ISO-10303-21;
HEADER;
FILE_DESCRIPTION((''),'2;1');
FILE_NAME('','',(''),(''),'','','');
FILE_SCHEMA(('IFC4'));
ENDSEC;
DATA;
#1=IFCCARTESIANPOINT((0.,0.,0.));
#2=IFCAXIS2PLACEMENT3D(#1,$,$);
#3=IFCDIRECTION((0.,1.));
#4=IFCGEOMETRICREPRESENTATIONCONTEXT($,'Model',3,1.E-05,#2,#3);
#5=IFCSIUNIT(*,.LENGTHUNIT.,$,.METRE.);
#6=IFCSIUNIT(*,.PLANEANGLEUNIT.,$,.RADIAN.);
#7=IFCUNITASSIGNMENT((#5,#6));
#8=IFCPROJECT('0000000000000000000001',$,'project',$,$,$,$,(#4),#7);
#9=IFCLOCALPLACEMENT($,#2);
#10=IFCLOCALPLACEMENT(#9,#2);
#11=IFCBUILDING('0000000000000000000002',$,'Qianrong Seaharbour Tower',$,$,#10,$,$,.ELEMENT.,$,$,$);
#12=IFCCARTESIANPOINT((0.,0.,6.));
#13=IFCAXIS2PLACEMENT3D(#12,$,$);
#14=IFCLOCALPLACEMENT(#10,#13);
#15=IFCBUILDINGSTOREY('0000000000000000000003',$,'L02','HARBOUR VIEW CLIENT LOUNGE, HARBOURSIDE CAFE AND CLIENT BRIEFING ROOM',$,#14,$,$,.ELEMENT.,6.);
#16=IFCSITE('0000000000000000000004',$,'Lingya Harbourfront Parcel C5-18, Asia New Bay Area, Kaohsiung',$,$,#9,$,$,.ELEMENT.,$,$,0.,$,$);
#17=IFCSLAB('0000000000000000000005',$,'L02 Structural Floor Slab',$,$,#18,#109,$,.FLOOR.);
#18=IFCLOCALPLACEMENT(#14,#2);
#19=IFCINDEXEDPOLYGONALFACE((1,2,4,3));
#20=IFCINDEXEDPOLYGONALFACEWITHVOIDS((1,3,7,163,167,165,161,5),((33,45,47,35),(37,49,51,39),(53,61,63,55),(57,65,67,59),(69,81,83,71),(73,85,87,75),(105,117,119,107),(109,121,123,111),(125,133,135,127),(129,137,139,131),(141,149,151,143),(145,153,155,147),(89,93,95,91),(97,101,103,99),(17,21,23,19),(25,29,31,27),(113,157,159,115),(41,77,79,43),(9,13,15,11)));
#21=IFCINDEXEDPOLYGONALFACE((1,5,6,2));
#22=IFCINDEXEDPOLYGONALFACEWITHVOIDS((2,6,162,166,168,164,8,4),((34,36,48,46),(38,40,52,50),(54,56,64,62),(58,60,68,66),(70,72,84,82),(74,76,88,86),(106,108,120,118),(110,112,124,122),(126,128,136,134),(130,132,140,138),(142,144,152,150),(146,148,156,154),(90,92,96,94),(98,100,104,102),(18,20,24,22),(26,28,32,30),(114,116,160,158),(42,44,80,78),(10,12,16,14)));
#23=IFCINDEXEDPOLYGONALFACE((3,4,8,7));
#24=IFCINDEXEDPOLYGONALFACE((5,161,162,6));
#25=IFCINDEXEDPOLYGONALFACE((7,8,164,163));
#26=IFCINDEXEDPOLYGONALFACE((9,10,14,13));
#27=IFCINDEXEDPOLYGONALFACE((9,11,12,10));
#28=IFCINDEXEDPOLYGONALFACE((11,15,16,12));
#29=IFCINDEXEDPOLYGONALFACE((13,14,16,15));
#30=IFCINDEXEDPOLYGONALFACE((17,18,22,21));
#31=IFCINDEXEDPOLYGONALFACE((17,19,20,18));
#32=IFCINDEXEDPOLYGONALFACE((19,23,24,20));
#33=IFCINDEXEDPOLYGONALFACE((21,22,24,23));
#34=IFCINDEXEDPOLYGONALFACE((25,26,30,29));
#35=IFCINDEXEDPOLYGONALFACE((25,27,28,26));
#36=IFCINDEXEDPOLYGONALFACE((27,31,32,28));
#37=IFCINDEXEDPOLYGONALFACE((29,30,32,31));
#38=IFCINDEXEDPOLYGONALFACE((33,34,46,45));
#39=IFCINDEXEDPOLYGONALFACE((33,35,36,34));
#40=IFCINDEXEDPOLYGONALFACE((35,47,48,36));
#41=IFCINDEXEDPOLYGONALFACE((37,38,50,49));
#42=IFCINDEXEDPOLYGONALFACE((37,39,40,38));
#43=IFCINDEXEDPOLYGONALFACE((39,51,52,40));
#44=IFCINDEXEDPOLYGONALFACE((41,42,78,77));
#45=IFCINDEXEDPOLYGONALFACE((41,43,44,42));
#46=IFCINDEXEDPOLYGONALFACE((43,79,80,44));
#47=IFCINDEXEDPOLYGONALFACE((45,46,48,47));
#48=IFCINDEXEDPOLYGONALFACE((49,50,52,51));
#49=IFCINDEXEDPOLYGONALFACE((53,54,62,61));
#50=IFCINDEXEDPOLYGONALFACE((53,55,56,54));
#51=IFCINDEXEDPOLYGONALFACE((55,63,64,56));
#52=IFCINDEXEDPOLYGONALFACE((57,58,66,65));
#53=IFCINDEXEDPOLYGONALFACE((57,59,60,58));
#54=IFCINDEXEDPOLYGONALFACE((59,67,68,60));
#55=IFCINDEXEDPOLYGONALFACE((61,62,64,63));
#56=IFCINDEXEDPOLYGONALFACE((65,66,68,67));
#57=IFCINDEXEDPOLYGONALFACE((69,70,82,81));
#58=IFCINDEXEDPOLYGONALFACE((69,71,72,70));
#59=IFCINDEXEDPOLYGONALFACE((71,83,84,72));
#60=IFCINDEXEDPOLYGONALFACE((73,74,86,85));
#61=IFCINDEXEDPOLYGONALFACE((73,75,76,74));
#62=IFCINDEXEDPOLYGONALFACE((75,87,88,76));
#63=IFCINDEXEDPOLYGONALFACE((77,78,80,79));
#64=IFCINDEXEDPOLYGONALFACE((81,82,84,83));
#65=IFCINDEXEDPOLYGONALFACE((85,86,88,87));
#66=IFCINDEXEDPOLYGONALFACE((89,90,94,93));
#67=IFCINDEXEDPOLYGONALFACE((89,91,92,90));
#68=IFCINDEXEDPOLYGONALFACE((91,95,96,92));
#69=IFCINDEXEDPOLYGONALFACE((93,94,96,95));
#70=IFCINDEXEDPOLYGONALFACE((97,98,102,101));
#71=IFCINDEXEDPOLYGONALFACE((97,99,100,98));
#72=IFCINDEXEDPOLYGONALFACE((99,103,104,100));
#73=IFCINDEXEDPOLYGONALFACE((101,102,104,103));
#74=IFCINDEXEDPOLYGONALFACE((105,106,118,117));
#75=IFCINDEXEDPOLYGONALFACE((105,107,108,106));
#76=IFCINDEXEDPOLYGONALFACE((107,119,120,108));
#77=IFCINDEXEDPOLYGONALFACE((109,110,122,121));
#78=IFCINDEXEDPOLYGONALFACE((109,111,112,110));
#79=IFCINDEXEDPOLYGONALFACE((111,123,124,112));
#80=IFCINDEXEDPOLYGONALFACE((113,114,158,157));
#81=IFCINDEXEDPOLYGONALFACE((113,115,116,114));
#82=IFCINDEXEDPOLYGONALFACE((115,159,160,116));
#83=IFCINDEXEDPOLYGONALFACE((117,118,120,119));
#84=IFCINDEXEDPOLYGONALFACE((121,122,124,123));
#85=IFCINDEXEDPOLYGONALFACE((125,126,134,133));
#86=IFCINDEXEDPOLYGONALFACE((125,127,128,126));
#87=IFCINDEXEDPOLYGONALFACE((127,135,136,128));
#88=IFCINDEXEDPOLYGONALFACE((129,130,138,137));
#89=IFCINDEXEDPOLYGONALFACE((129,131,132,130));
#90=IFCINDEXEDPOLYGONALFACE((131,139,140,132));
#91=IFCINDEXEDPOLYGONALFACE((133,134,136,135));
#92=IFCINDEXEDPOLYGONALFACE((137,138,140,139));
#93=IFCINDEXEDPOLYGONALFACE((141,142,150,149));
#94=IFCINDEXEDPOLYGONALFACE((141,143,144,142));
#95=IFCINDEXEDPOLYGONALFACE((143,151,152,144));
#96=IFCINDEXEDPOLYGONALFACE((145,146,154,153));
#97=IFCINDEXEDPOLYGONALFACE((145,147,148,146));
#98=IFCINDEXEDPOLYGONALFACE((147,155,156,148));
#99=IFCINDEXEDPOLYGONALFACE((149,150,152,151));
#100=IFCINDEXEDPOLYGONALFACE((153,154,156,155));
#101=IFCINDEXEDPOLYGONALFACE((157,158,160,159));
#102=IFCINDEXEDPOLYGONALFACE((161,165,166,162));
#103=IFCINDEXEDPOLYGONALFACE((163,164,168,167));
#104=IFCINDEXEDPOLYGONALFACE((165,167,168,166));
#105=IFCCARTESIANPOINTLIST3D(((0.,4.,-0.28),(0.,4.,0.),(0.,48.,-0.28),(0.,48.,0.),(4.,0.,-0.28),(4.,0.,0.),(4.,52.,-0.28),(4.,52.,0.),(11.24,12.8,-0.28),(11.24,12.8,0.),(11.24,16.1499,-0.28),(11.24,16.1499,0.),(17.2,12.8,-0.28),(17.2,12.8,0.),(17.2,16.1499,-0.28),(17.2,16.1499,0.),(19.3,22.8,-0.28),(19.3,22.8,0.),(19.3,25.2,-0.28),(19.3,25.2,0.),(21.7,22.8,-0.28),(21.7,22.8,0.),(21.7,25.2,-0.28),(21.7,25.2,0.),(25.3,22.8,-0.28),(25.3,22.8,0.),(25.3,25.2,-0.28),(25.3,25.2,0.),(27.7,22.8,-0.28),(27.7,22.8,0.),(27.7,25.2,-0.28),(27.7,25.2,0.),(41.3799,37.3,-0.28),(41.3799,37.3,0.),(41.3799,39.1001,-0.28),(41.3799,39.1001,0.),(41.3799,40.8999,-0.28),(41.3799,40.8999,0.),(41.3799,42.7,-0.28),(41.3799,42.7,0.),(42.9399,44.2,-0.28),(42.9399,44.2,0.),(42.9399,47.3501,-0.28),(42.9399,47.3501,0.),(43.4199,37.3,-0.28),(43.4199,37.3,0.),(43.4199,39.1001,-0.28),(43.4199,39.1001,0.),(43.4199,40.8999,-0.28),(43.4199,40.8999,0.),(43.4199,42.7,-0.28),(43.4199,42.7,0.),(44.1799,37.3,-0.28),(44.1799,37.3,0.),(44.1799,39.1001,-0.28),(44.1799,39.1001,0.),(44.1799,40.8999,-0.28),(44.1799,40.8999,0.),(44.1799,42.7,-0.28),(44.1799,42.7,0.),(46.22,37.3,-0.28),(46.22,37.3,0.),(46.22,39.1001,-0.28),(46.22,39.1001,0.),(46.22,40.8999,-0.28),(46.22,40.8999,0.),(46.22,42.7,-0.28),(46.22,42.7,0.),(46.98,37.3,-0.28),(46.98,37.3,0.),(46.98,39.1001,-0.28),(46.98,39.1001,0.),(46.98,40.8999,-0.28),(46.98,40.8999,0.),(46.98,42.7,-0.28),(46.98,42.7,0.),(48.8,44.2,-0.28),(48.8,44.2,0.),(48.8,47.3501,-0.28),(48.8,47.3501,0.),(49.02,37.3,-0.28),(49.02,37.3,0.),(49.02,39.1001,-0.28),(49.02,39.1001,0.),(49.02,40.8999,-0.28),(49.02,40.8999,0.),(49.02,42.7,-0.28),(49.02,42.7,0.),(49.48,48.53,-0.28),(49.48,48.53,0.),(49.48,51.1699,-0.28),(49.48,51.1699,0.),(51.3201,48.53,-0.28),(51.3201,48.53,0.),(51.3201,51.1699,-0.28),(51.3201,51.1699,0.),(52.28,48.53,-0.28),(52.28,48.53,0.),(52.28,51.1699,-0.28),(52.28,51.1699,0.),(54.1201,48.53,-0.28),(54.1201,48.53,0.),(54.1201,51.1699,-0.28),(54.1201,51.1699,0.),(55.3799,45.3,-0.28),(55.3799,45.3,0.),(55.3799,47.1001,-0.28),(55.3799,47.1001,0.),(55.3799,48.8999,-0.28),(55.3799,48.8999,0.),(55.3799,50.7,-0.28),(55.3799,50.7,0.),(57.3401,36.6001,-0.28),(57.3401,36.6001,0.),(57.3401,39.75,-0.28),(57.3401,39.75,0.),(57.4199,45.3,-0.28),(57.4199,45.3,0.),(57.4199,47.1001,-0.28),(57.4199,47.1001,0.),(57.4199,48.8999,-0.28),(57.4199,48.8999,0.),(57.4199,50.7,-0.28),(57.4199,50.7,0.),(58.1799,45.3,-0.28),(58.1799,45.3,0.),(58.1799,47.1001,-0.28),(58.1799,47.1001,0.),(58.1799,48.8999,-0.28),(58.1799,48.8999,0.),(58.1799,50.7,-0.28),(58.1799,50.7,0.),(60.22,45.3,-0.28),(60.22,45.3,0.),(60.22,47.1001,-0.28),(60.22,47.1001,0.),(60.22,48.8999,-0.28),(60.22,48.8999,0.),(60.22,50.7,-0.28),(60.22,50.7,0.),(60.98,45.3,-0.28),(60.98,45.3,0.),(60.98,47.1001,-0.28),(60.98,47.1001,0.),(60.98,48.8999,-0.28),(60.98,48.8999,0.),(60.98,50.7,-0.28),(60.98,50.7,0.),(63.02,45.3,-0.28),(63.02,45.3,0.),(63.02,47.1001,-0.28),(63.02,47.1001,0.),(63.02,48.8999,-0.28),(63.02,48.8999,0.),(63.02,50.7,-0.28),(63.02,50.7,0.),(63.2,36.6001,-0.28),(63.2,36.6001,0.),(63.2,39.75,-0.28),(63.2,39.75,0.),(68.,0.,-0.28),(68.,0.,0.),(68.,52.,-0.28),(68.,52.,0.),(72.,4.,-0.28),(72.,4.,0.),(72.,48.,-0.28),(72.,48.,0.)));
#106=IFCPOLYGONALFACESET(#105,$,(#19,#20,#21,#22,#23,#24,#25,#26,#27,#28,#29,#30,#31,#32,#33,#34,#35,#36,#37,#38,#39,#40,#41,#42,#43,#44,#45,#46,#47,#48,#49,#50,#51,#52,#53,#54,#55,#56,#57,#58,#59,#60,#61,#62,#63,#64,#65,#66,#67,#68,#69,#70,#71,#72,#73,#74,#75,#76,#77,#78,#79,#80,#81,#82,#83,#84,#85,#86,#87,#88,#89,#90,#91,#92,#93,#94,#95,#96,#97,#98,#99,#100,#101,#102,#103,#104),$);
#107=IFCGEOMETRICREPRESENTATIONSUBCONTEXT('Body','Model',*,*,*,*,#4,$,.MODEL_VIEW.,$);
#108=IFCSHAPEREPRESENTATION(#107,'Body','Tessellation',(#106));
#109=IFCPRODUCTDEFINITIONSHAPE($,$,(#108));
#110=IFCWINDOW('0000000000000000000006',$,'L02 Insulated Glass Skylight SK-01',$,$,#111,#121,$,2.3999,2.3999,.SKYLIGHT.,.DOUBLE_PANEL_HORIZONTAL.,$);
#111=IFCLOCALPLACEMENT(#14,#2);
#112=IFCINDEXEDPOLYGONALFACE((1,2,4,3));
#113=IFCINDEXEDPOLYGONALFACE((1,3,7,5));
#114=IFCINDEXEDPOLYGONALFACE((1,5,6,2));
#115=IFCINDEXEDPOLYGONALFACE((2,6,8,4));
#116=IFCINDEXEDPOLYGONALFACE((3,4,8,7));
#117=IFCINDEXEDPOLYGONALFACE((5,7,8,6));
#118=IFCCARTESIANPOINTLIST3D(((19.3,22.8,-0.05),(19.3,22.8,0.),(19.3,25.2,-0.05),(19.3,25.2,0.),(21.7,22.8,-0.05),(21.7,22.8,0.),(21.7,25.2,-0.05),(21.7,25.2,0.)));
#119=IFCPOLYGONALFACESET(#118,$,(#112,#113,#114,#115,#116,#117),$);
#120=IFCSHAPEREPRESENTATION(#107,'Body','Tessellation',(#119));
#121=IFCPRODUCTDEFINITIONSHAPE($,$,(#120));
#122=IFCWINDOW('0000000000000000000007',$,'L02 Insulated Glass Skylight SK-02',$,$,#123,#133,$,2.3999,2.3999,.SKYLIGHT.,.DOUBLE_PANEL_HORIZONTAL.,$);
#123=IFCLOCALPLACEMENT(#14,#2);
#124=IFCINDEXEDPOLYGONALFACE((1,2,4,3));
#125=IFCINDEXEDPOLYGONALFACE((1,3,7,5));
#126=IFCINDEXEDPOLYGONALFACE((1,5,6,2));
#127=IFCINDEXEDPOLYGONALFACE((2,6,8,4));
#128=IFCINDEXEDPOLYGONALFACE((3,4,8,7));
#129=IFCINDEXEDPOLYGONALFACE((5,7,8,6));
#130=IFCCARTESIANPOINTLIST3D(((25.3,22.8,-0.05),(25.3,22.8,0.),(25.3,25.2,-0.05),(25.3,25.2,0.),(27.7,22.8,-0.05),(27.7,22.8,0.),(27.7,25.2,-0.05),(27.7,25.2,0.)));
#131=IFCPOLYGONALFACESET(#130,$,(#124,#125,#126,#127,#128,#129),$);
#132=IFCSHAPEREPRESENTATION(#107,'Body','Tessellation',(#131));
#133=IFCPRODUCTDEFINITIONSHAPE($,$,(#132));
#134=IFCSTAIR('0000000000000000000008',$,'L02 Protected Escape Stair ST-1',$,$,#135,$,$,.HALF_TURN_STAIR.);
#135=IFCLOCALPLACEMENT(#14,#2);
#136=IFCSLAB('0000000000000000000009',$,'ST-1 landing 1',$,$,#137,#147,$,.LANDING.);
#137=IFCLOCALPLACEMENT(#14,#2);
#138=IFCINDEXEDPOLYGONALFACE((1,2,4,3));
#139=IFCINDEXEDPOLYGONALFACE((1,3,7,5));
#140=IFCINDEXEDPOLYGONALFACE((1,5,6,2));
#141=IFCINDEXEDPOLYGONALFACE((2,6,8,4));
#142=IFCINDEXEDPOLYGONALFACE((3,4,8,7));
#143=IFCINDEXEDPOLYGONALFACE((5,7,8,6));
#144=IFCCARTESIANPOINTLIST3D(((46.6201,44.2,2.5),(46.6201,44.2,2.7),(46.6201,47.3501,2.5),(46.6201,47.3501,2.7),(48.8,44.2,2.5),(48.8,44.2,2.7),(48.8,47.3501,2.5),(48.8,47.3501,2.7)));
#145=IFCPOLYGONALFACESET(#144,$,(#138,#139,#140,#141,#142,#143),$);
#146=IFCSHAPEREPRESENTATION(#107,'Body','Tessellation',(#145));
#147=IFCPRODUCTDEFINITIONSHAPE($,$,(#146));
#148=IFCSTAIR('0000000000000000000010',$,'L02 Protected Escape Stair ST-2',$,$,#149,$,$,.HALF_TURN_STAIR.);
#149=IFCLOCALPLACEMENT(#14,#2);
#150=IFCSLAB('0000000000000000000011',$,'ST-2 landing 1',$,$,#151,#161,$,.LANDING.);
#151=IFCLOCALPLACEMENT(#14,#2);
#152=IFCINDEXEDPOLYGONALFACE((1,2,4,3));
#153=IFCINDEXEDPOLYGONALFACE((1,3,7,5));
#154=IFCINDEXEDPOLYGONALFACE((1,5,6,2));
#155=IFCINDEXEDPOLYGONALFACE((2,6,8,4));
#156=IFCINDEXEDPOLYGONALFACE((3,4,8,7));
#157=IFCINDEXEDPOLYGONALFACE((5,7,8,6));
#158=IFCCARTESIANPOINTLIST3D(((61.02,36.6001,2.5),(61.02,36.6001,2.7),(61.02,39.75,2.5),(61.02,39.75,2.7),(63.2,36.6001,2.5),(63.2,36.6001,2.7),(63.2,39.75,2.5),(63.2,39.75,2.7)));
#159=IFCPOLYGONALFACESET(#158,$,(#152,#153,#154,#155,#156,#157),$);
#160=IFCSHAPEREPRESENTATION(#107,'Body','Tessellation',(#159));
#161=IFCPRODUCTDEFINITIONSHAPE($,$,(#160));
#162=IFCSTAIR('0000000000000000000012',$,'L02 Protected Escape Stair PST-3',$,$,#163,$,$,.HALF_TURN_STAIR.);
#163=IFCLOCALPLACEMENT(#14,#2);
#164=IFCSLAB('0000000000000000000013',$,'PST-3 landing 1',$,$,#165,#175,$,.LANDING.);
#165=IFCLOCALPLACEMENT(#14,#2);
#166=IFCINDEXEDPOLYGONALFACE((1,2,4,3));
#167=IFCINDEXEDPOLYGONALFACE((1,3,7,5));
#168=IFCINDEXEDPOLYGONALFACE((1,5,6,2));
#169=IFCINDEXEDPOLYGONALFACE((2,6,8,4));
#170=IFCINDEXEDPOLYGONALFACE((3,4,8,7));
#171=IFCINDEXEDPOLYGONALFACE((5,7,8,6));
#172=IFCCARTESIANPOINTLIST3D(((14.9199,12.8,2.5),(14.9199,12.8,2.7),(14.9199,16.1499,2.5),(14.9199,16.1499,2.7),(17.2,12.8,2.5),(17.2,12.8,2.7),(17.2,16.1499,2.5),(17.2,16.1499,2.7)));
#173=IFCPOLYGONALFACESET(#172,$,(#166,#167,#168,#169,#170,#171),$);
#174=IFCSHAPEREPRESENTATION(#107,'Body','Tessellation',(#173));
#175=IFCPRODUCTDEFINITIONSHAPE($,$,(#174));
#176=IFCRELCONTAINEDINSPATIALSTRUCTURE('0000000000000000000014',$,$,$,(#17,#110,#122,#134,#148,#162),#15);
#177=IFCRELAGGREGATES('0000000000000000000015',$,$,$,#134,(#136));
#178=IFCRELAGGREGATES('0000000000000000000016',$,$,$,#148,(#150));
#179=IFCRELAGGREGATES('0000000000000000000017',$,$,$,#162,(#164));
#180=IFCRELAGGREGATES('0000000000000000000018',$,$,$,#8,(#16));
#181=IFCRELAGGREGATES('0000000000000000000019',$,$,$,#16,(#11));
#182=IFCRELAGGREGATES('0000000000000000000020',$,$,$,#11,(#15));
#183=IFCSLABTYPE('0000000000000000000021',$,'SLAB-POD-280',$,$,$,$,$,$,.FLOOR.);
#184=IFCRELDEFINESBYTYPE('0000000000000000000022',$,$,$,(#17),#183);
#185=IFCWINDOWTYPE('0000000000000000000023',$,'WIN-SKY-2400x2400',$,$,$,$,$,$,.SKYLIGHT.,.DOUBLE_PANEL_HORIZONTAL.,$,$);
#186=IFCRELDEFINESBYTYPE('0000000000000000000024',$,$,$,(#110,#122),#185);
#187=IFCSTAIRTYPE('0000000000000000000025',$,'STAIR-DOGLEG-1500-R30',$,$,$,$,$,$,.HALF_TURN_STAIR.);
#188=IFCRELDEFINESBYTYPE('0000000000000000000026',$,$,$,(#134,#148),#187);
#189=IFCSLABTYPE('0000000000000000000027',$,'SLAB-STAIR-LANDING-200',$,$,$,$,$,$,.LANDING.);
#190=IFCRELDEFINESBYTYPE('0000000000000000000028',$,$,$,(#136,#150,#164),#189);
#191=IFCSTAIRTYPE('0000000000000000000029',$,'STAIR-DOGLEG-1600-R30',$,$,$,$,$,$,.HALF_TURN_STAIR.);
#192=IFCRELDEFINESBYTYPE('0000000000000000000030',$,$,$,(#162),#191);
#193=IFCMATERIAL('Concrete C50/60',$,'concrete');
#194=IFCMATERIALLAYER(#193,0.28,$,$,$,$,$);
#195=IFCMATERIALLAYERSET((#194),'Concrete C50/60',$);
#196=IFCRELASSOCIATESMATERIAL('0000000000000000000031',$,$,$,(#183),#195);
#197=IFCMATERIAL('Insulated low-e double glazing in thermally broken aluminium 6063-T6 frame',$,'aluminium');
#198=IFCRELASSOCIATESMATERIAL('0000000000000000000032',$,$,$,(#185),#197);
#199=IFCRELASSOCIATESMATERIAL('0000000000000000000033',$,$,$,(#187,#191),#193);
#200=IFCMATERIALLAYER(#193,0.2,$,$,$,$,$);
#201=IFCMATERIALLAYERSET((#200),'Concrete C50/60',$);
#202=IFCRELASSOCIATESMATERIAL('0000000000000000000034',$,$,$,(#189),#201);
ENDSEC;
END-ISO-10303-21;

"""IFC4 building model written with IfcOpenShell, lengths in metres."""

from ifc_helpers import new_model, si_unit, direction, frame, origin, origin_2d, place, context, subcontext, project, spatial, polyline, rectangle, outline, extrude, material, layer, layer_set, type_object, element, fill, aggregate, save


model = new_model("IFC4")

# Units and contexts
model_context = context("Model", 3, precision=1e-05, world=origin(), true_north=direction((0.0, 1.0)))
body_context = subcontext(model_context, "Body", "Model", "MODEL_VIEW")
ifc_project = project(units=[si_unit("LENGTHUNIT", "METRE"), si_unit("PLANEANGLEUNIT", "RADIAN")], contexts=[model_context])

# Site, building, storey
site_placement = place(None, origin())
site = spatial("IfcSite", under=ifc_project, at=site_placement, Name="Lingya Harbourfront Parcel C5-18, Asia New Bay Area, Kaohsiung", CompositionType="ELEMENT", RefElevation=0.0)
building_placement = place(site_placement, origin())
building = spatial("IfcBuilding", under=site, at=building_placement, Name="Qianrong Seaharbour Tower", CompositionType="ELEMENT")
storey_placement = place(building_placement, frame((0.0, 0.0, 6.0)))
storey = spatial("IfcBuildingStorey", under=building, at=storey_placement, Name="L02", Description="HARBOUR VIEW CLIENT LOUNGE, HARBOURSIDE CAFE AND CLIENT BRIEFING ROOM", CompositionType="ELEMENT", Elevation=6.0)

# Slab, openings, windows
ifc_material_1 = material(Name="Concrete C50/60", Category="concrete")
ifc_layer_1 = layer(ifc_material_1, 0.28)
ifc_layer_set_1 = layer_set([ifc_layer_1], Name="Concrete C50/60")
slab_type_1 = type_object("IfcSlabType", Name="SLAB-POD-280", PredefinedType="FLOOR", material=ifc_layer_set_1)
slab_1_placement = place(storey_placement, frame((0.0, 0.0, -0.28)))
slab_1 = element("IfcSlab", 1, at=slab_1_placement, inside=storey, type_object=slab_type_1, Name="L02 Structural Floor Slab", PredefinedType="FLOOR", context=body_context, shape_type="SweptSolid", body=[
    extrude(outline(polyline([(4.0, 0.0), (68.0, 0.0), (72.0, 4.0), (72.0, 48.0), (68.0, 52.0), (4.0, 52.0), (0.0, 48.0), (0.0, 4.0), (4.0, 0.0)]), holes=[polyline([(42.9399, 44.2), (42.9399, 47.3501), (48.8, 47.3501), (48.8, 44.2), (42.9399, 44.2)]), polyline([(57.3401, 36.6001), (57.3401, 39.75), (63.2, 39.75), (63.2, 36.6001), (57.3401, 36.6001)]), polyline([(11.24, 12.8), (11.24, 16.1499), (17.2, 16.1499), (17.2, 12.8), (11.24, 12.8)]), polyline([(49.48, 48.53), (49.48, 51.1699), (51.3201, 51.1699), (51.3201, 48.53), (49.48, 48.53)]), polyline([(52.28, 48.53), (52.28, 51.1699), (54.1201, 51.1699), (54.1201, 48.53), (52.28, 48.53)]), polyline([(41.3799, 37.3), (41.3799, 39.1001), (43.4199, 39.1001), (43.4199, 37.3), (41.3799, 37.3)]), polyline([(44.1799, 37.3), (44.1799, 39.1001), (46.22, 39.1001), (46.22, 37.3), (44.1799, 37.3)]), polyline([(46.98, 37.3), (46.98, 39.1001), (49.02, 39.1001), (49.02, 37.3), (46.98, 37.3)]), polyline([(41.3799, 40.8999), (41.3799, 42.7), (43.4199, 42.7), (43.4199, 40.8999), (41.3799, 40.8999)]), polyline([(44.1799, 40.8999), (44.1799, 42.7), (46.22, 42.7), (46.22, 40.8999), (44.1799, 40.8999)]), polyline([(46.98, 40.8999), (46.98, 42.7), (49.02, 42.7), (49.02, 40.8999), (46.98, 40.8999)]), polyline([(55.3799, 45.3), (55.3799, 47.1001), (57.4199, 47.1001), (57.4199, 45.3), (55.3799, 45.3)]), polyline([(58.1799, 45.3), (58.1799, 47.1001), (60.22, 47.1001), (60.22, 45.3), (58.1799, 45.3)]), polyline([(60.98, 45.3), (60.98, 47.1001), (63.02, 47.1001), (63.02, 45.3), (60.98, 45.3)]), polyline([(55.3799, 48.8999), (55.3799, 50.7), (57.4199, 50.7), (57.4199, 48.8999), (55.3799, 48.8999)]), polyline([(58.1799, 48.8999), (58.1799, 50.7), (60.22, 50.7), (60.22, 48.8999), (58.1799, 48.8999)]), polyline([(60.98, 48.8999), (60.98, 50.7), (63.02, 50.7), (63.02, 48.8999), (60.98, 48.8999)])]), origin(), (0.0, 0.0, 1.0), 0.28),
])
opening_1_placement = place(slab_1_placement, frame((20.5, 24.0, -0.01)))
opening_1 = element("IfcOpeningElement", 2, at=opening_1_placement, cuts=slab_1, PredefinedType="OPENING", context=body_context, shape_type="SweptSolid", body=[
    extrude(rectangle(XDim=2.3999, YDim=2.3999, at=origin_2d()), origin(), (0.0, 0.0, 1.0), 0.3),
])
opening_2_placement = place(slab_1_placement, frame((26.5, 24.0, -0.01)))
opening_2 = element("IfcOpeningElement", 3, at=opening_2_placement, cuts=slab_1, PredefinedType="OPENING", context=body_context, shape_type="SweptSolid", body=[
    extrude(rectangle(XDim=2.3999, YDim=2.3999, at=origin_2d()), origin(), (0.0, 0.0, 1.0), 0.3),
])
ifc_material_2 = material(Name="Insulated low-e double glazing in thermally broken aluminium 6063-T6 frame", Category="aluminium")
window_type = type_object("IfcWindowType", Name="WIN-SKY-2400x2400", PartitioningType="DOUBLE_PANEL_HORIZONTAL", PredefinedType="SKYLIGHT", material=ifc_material_2)
window_1_placement = place(slab_1_placement, frame((20.5, 24.0, 0.23)))
window_1 = element("IfcWindow", 4, at=window_1_placement, inside=storey, type_object=window_type, Name="L02 Insulated Glass Skylight SK-01", OverallHeight=2.3999, OverallWidth=2.3999, PartitioningType="DOUBLE_PANEL_HORIZONTAL", PredefinedType="SKYLIGHT", context=body_context, shape_type="SweptSolid", body=[
    extrude(rectangle(XDim=2.3999, YDim=2.3999, at=origin_2d()), origin(), (0.0, 0.0, 1.0), 0.05),
])
fill(opening_1, window_1)
window_2_placement = place(slab_1_placement, frame((26.5, 24.0, 0.23)))
window_2 = element("IfcWindow", 5, at=window_2_placement, inside=storey, type_object=window_type, Name="L02 Insulated Glass Skylight SK-02", OverallHeight=2.3999, OverallWidth=2.3999, PartitioningType="DOUBLE_PANEL_HORIZONTAL", PredefinedType="SKYLIGHT", context=body_context, shape_type="SweptSolid", body=[
    extrude(rectangle(XDim=2.3999, YDim=2.3999, at=origin_2d()), origin(), (0.0, 0.0, 1.0), 0.05),
])
fill(opening_2, window_2)

# Stairs, slabs
stair_type_1 = type_object("IfcStairType", Name="STAIR-DOGLEG-1500-R30", PredefinedType="HALF_TURN_STAIR", material=ifc_material_1)
stair_1_placement = place(storey_placement, origin())
stair_1 = element("IfcStair", 6, at=stair_1_placement, inside=storey, type_object=stair_type_1, Name="L02 Protected Escape Stair ST-1", PredefinedType="HALF_TURN_STAIR")
ifc_layer_2 = layer(ifc_material_1, 0.2)
ifc_layer_set_2 = layer_set([ifc_layer_2], Name="Concrete C50/60")
slab_type_2 = type_object("IfcSlabType", Name="SLAB-STAIR-LANDING-200", PredefinedType="LANDING", material=ifc_layer_set_2)
slab_2_placement = place(storey_placement, frame((0.0, 0.0, 2.5)))
slab_2 = element("IfcSlab", 7, at=slab_2_placement, type_object=slab_type_2, Name="ST-1 landing 1", PredefinedType="LANDING", context=body_context, shape_type="SweptSolid", body=[
    extrude(outline(polyline([(46.6201, 44.2), (48.8, 44.2), (48.8, 47.3501), (46.6201, 47.3501), (46.6201, 44.2)])), origin(), (0.0, 0.0, 1.0), 0.2),
])
aggregate(stair_1, [slab_2])
stair_2_placement = place(storey_placement, origin())
stair_2 = element("IfcStair", 8, at=stair_2_placement, inside=storey, type_object=stair_type_1, Name="L02 Protected Escape Stair ST-2", PredefinedType="HALF_TURN_STAIR")
slab_3_placement = place(storey_placement, frame((0.0, 0.0, 2.5)))
slab_3 = element("IfcSlab", 9, at=slab_3_placement, type_object=slab_type_2, Name="ST-2 landing 1", PredefinedType="LANDING", context=body_context, shape_type="SweptSolid", body=[
    extrude(outline(polyline([(61.02, 36.6001), (63.2, 36.6001), (63.2, 39.75), (61.02, 39.75), (61.02, 36.6001)])), origin(), (0.0, 0.0, 1.0), 0.2),
])
aggregate(stair_2, [slab_3])
stair_type_2 = type_object("IfcStairType", Name="STAIR-DOGLEG-1600-R30", PredefinedType="HALF_TURN_STAIR", material=ifc_material_1)
stair_3_placement = place(storey_placement, origin())
stair_3 = element("IfcStair", 10, at=stair_3_placement, inside=storey, type_object=stair_type_2, Name="L02 Protected Escape Stair PST-3", PredefinedType="HALF_TURN_STAIR")
slab_4_placement = place(storey_placement, frame((0.0, 0.0, 2.5)))
slab_4 = element("IfcSlab", 11, at=slab_4_placement, type_object=slab_type_2, Name="PST-3 landing 1", PredefinedType="LANDING", context=body_context, shape_type="SweptSolid", body=[
    extrude(outline(polyline([(14.9199, 12.8), (17.2, 12.8), (17.2, 16.1499), (14.9199, 16.1499), (14.9199, 12.8)])), origin(), (0.0, 0.0, 1.0), 0.2),
])
aggregate(stair_3, [slab_4])

save(model, "model.ifc")
